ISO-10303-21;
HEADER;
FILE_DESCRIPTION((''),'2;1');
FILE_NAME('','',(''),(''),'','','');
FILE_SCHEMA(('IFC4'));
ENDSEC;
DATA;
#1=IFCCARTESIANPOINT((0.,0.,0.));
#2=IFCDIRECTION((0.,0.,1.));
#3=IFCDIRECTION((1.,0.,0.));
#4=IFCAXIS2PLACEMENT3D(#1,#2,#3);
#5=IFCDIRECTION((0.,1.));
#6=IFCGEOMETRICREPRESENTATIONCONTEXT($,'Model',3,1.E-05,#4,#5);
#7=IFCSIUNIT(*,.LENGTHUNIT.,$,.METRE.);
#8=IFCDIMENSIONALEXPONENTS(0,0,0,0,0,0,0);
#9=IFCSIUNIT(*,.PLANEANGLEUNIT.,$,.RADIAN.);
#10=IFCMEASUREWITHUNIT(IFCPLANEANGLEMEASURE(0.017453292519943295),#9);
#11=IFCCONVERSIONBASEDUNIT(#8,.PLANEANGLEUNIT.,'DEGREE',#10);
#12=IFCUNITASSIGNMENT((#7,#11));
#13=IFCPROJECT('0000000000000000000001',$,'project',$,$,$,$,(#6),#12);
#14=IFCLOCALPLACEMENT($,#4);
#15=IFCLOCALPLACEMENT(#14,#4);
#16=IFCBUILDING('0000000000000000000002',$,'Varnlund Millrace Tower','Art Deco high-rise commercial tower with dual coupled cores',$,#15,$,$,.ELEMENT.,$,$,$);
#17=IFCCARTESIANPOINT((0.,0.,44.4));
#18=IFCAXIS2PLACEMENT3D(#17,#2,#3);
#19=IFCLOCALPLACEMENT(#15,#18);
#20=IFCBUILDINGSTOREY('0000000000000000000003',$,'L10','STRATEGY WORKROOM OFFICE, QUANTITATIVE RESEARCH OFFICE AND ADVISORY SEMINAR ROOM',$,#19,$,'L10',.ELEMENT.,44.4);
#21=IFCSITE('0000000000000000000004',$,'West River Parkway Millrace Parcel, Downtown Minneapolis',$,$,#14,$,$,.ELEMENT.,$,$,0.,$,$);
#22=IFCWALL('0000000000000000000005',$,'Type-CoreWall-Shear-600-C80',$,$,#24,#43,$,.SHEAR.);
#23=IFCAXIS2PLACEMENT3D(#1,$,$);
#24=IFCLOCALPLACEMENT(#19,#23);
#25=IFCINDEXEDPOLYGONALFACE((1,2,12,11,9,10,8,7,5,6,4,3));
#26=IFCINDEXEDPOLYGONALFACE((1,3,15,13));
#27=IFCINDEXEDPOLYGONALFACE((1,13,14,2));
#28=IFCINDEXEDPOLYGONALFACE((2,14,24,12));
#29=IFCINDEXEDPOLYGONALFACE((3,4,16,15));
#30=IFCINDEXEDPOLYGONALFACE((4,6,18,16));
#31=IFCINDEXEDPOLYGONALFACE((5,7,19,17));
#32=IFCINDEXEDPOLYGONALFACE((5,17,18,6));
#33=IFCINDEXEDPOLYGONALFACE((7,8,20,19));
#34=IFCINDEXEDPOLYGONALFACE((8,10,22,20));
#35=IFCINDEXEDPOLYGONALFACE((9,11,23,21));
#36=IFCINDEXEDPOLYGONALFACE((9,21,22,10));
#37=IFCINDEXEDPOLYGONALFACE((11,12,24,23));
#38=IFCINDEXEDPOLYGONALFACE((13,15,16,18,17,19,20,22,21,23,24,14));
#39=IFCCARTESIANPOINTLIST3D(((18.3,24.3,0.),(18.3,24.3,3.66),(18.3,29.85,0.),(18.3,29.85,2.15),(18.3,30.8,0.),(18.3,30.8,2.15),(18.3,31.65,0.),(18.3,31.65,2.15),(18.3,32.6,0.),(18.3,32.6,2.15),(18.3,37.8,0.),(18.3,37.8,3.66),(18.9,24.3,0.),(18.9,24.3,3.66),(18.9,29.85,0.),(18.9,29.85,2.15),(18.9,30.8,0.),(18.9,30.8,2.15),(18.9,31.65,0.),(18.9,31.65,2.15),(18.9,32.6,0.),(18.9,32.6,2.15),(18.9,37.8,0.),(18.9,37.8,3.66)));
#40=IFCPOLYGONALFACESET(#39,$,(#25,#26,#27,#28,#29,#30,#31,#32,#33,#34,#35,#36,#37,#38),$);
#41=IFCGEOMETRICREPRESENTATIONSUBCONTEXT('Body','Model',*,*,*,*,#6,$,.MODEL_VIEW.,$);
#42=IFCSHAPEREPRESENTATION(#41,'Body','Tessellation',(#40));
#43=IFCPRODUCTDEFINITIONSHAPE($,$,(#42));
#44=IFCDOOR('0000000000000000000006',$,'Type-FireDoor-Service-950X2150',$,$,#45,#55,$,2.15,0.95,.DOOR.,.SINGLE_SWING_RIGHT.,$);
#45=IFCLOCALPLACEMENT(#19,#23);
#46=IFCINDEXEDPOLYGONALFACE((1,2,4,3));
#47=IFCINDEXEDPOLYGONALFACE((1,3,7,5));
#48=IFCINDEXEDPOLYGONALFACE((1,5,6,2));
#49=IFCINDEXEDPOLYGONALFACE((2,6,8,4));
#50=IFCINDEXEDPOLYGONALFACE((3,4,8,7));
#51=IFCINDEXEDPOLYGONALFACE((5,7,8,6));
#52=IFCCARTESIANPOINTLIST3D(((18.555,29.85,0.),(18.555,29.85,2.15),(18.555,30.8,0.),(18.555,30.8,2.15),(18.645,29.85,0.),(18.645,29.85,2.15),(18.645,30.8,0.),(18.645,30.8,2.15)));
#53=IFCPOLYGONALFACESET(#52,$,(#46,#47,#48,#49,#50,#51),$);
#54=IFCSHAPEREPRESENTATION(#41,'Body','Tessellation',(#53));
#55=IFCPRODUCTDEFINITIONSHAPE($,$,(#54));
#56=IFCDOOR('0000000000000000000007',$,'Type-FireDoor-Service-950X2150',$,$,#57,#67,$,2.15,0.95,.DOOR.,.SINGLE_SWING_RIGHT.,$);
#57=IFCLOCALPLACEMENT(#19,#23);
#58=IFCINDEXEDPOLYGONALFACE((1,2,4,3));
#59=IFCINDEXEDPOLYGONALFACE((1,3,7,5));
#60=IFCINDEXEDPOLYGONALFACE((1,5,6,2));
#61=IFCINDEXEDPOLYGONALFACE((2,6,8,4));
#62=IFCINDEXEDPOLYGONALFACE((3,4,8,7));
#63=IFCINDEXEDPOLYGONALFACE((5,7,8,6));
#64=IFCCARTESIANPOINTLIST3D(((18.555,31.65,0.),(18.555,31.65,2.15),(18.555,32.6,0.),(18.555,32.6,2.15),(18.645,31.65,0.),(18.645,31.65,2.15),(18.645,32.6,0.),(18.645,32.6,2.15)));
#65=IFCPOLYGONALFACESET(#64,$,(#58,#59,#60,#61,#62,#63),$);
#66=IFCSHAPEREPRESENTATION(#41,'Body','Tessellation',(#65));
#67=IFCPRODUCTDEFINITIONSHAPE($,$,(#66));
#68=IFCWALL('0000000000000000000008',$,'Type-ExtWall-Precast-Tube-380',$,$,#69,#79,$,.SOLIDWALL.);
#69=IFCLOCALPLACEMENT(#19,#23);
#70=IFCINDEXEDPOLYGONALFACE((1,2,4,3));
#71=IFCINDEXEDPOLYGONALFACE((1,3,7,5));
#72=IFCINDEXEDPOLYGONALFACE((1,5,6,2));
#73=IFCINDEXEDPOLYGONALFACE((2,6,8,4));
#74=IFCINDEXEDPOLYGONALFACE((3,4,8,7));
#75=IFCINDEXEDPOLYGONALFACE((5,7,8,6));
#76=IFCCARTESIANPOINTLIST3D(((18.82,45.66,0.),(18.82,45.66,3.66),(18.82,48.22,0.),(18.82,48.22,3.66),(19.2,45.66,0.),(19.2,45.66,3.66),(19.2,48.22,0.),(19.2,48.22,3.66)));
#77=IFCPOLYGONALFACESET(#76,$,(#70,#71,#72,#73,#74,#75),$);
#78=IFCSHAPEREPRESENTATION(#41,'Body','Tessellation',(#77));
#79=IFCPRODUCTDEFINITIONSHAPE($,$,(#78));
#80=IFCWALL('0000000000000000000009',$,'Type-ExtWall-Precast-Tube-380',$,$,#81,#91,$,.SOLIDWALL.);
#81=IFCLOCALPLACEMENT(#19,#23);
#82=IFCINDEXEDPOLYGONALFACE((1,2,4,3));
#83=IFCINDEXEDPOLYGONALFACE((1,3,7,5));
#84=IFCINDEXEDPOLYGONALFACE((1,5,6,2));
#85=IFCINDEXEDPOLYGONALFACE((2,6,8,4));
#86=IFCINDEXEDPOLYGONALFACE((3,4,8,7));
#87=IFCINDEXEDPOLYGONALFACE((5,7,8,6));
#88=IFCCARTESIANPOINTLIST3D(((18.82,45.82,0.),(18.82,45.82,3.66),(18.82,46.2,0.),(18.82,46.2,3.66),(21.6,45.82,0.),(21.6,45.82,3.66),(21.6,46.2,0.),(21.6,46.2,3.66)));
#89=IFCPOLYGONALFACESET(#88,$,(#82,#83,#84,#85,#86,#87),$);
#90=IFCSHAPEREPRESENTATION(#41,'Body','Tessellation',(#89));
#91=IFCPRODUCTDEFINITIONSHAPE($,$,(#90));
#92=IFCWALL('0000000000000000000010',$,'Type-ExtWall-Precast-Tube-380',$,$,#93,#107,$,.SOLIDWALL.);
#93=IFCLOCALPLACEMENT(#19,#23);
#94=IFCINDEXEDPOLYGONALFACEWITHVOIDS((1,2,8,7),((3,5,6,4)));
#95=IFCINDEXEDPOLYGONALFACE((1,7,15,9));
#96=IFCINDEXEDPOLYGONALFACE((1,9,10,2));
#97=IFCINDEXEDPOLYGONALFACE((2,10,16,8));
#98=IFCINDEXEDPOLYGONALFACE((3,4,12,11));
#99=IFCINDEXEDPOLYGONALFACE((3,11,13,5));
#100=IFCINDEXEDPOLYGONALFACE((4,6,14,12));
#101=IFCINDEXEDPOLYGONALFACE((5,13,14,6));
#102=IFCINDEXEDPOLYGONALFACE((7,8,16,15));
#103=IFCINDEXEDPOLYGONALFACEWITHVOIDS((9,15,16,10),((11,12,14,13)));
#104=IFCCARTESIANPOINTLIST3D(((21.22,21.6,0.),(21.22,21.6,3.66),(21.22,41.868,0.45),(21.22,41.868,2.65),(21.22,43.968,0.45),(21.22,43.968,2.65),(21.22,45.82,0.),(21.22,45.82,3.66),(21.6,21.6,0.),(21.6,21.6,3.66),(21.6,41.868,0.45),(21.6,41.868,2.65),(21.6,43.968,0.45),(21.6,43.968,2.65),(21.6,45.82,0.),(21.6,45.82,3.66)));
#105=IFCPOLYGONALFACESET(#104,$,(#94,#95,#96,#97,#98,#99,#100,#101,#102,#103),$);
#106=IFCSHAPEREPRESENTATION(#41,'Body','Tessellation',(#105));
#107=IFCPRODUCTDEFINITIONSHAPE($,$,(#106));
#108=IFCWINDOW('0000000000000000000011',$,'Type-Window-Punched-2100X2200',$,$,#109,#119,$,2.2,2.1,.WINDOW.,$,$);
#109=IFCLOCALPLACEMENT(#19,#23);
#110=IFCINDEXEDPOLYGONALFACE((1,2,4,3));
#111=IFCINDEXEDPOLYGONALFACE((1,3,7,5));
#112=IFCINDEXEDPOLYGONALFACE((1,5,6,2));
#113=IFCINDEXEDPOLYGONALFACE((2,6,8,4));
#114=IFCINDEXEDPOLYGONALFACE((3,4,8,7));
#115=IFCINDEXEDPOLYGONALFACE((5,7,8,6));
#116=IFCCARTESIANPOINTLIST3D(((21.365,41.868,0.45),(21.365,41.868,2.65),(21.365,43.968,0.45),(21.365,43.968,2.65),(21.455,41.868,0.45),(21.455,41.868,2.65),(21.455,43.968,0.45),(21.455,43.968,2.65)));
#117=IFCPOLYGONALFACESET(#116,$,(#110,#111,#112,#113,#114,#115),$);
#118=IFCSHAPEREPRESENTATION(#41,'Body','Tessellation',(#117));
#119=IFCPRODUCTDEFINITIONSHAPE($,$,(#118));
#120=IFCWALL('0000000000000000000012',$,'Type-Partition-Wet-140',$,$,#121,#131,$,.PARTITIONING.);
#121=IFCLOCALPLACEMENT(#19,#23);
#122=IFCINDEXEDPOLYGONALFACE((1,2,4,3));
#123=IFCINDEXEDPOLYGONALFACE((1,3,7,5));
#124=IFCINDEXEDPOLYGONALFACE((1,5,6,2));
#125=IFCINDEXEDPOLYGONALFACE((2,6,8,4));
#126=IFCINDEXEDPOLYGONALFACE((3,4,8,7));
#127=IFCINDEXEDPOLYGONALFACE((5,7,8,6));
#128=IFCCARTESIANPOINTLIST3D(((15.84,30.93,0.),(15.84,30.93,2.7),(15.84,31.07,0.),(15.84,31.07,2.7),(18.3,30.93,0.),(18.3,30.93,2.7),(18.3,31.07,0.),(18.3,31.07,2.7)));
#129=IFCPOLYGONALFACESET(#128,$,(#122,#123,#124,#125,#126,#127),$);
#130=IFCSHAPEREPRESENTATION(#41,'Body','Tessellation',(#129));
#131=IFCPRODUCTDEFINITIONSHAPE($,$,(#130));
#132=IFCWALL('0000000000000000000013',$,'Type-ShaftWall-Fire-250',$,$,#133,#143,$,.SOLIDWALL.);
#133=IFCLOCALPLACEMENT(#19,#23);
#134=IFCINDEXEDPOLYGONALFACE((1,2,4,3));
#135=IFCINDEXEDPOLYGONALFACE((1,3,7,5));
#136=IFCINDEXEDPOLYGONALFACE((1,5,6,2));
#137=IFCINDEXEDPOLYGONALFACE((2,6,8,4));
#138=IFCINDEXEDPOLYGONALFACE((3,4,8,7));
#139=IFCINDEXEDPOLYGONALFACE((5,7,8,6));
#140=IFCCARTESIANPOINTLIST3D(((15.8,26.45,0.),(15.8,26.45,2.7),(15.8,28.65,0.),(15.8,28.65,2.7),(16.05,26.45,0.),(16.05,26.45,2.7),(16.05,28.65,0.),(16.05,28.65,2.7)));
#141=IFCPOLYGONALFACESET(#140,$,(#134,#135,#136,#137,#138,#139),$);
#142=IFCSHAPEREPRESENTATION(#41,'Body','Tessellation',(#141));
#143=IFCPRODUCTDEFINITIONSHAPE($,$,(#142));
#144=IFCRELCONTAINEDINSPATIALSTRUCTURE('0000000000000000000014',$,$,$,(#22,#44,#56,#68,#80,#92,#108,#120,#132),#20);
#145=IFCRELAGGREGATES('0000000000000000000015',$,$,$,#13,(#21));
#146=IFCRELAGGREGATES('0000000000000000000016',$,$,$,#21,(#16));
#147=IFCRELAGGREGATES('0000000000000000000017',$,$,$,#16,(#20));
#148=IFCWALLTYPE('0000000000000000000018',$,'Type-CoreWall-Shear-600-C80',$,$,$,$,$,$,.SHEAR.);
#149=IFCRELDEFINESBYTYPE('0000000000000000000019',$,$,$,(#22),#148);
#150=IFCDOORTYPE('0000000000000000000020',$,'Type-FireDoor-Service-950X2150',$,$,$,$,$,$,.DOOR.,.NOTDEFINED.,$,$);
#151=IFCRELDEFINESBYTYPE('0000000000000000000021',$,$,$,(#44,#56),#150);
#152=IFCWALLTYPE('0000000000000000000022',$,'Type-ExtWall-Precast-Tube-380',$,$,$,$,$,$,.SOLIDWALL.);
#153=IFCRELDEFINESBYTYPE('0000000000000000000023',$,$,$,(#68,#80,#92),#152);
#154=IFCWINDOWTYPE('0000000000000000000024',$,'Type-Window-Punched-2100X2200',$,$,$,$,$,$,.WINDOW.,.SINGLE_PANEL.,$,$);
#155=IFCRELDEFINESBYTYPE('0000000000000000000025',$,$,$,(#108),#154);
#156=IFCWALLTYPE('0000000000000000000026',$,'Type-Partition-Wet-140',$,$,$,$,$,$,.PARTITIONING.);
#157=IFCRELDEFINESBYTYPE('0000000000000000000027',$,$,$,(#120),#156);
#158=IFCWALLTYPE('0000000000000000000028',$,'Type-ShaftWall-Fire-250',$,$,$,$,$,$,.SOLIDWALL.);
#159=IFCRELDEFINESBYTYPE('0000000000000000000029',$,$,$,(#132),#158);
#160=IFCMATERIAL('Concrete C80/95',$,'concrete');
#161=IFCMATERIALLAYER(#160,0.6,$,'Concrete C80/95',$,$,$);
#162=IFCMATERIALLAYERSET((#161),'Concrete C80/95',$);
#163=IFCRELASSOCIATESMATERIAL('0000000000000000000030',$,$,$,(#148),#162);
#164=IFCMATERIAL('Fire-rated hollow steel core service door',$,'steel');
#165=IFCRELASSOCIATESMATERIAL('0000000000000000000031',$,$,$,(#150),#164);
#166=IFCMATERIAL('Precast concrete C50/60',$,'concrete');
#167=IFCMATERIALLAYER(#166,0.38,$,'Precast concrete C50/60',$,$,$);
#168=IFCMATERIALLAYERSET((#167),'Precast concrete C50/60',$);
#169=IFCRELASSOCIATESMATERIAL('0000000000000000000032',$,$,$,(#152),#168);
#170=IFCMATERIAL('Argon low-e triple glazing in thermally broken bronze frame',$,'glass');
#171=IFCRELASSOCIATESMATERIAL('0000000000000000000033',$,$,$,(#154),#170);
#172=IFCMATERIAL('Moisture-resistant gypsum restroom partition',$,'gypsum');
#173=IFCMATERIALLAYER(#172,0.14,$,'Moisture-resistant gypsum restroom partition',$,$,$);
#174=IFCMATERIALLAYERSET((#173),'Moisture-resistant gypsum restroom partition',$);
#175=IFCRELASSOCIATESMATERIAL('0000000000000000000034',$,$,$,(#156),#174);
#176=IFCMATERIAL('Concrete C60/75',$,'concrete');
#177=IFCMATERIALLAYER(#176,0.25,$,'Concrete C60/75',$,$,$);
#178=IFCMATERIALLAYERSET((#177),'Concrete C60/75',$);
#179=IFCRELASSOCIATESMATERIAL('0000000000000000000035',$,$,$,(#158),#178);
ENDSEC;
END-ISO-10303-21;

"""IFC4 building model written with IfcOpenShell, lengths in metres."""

from ifc_helpers import new_model, entity, si_unit, converted_unit, direction, frame, origin_with_axes, origin_2d_with_axis, place, context, subcontext, project, spatial, polyline, rectangle, outline, extrude, material, layer, layer_set, type_object, element, fill, save


model = new_model("IFC4")

# Units and contexts
model_context = context("Model", 3, precision=1e-05, world=origin_with_axes(), true_north=direction((0.0, 1.0)))
body_context = subcontext(model_context, "Body", "Model", "MODEL_VIEW")
ifc_project = project(units=[si_unit("LENGTHUNIT", "METRE"), converted_unit("PLANEANGLEUNIT", "DEGREE", entity("IfcPlaneAngleMeasure", 0.017453292519943295), si_unit("PLANEANGLEUNIT", "RADIAN"), dimensions=[0, 0, 0, 0, 0, 0, 0])], contexts=[model_context])

# Site, building, storey
site_placement = place(None, origin_with_axes())
site = spatial("IfcSite", under=ifc_project, at=site_placement, Name="West River Parkway Millrace Parcel, Downtown Minneapolis", CompositionType="ELEMENT", RefElevation=0.0)
building_placement = place(site_placement, origin_with_axes())
building = spatial("IfcBuilding", under=site, at=building_placement, Name="Varnlund Millrace Tower", Description="Art Deco high-rise commercial tower with dual coupled cores", CompositionType="ELEMENT")
storey_placement = place(building_placement, frame((0.0, 0.0, 44.4), z_axis=(0.0, 0.0, 1.0), x_axis=(1.0, 0.0, 0.0)))
storey = spatial("IfcBuildingStorey", under=building, at=storey_placement, Name="L10", Description="STRATEGY WORKROOM OFFICE, QUANTITATIVE RESEARCH OFFICE AND ADVISORY SEMINAR ROOM", LongName="L10", CompositionType="ELEMENT", Elevation=44.4)

# Shared definitions
ifc_material_1 = material(Name="Concrete C80/95", Category="concrete")

# Wall, openings, doors
ifc_layer_1 = layer(ifc_material_1, 0.6, Name="Concrete C80/95")
ifc_layer_set_1 = layer_set([ifc_layer_1], Name="Concrete C80/95")
wall_type_1 = type_object("IfcWallType", Name="Type-CoreWall-Shear-600-C80", PredefinedType="SHEAR", material=ifc_layer_set_1)
wall_1_placement = place(storey_placement, frame((18.6, 24.3, 0.0), z_axis=(0.0, 0.0, 1.0), x_axis=(0.0, 1.0, 0.0)))
wall_1 = element("IfcWall", 1, at=wall_1_placement, inside=storey, type_object=wall_type_1, Name="Type-CoreWall-Shear-600-C80", PredefinedType="SHEAR", context=body_context, shape_type="SweptSolid", body=[
    extrude(outline(polyline([(0.0, -0.3), (13.5, -0.3), (13.5, 0.3), (0.0, 0.3), (0.0, -0.3)])), origin_with_axes(), (0.0, 0.0, 1.0), 3.66),
])
opening_1_placement = place(wall_1_placement, frame((6.025, 0.0, 0.0), z_axis=(0.0, 0.0, 1.0), x_axis=(1.0, 0.0, 0.0)))
opening_1 = element("IfcOpeningElement", 2, at=opening_1_placement, cuts=wall_1, PredefinedType="OPENING", context=body_context, shape_type="SweptSolid", body=[
    extrude(rectangle(XDim=0.95, YDim=0.62, at=origin_2d_with_axis()), origin_with_axes(), (0.0, 0.0, 1.0), 2.15),
])
opening_2_placement = place(wall_1_placement, frame((7.825, 0.0, 0.0), z_axis=(0.0, 0.0, 1.0), x_axis=(1.0, 0.0, 0.0)))
opening_2 = element("IfcOpeningElement", 3, at=opening_2_placement, cuts=wall_1, PredefinedType="OPENING", context=body_context, shape_type="SweptSolid", body=[
    extrude(rectangle(XDim=0.95, YDim=0.62, at=origin_2d_with_axis()), origin_with_axes(), (0.0, 0.0, 1.0), 2.15),
])
ifc_material_2 = material(Name="Fire-rated hollow steel core service door", Category="steel")
door_type = type_object("IfcDoorType", Name="Type-FireDoor-Service-950X2150", OperationType="NOTDEFINED", PredefinedType="DOOR", material=ifc_material_2)
door_1_placement = place(wall_1_placement, frame((6.025, 0.0, 0.0), z_axis=(0.0, 0.0, 1.0), x_axis=(1.0, 0.0, 0.0)))
door_1 = element("IfcDoor", 4, at=door_1_placement, inside=storey, type_object=door_type, Name="Type-FireDoor-Service-950X2150", OperationType="SINGLE_SWING_RIGHT", OverallHeight=2.15, OverallWidth=0.95, PredefinedType="DOOR", context=body_context, shape_type="SweptSolid", body=[
    extrude(rectangle(XDim=0.95, YDim=0.09, at=origin_2d_with_axis()), origin_with_axes(), (0.0, 0.0, 1.0), 2.15),
])
fill(opening_1, door_1)
door_2_placement = place(wall_1_placement, frame((7.825, 0.0, 0.0), z_axis=(0.0, 0.0, 1.0), x_axis=(1.0, 0.0, 0.0)))
door_2 = element("IfcDoor", 5, at=door_2_placement, inside=storey, type_object=door_type, Name="Type-FireDoor-Service-950X2150", OperationType="SINGLE_SWING_RIGHT", OverallHeight=2.15, OverallWidth=0.95, PredefinedType="DOOR", context=body_context, shape_type="SweptSolid", body=[
    extrude(rectangle(XDim=0.95, YDim=0.09, at=origin_2d_with_axis()), origin_with_axes(), (0.0, 0.0, 1.0), 2.15),
])
fill(opening_2, door_2)

# Walls
ifc_material_3 = material(Name="Precast concrete C50/60", Category="concrete")
ifc_layer_2 = layer(ifc_material_3, 0.38, Name="Precast concrete C50/60")
ifc_layer_set_2 = layer_set([ifc_layer_2], Name="Precast concrete C50/60")
wall_type_2 = type_object("IfcWallType", Name="Type-ExtWall-Precast-Tube-380", PredefinedType="SOLIDWALL", material=ifc_layer_set_2)
wall_2_placement = place(storey_placement, frame((19.01, 48.22, 0.0), z_axis=(0.0, 0.0, 1.0), x_axis=(0.0, -1.0, 0.0)))
element("IfcWall", 6, at=wall_2_placement, inside=storey, type_object=wall_type_2, Name="Type-ExtWall-Precast-Tube-380", PredefinedType="SOLIDWALL", context=body_context, shape_type="SweptSolid", body=[
    extrude(outline(polyline([(0.0, -0.19), (2.56, -0.19), (2.56, 0.19), (0.0, 0.19), (0.0, -0.19)])), origin_with_axes(), (0.0, 0.0, 1.0), 3.66),
])
wall_3_placement = place(storey_placement, frame((18.82, 46.01, 0.0), z_axis=(0.0, 0.0, 1.0), x_axis=(1.0, 0.0, 0.0)))
element("IfcWall", 7, at=wall_3_placement, inside=storey, type_object=wall_type_2, Name="Type-ExtWall-Precast-Tube-380", PredefinedType="SOLIDWALL", context=body_context, shape_type="SweptSolid", body=[
    extrude(outline(polyline([(0.0, -0.19), (2.78, -0.19), (2.78, 0.19), (0.0, 0.19), (0.0, -0.19)])), origin_with_axes(), (0.0, 0.0, 1.0), 3.66),
])

# Wall, opening, window
wall_4_placement = place(storey_placement, frame((21.41, 45.82, 0.0), z_axis=(0.0, 0.0, 1.0), x_axis=(0.0, -1.0, 0.0)))
wall_4 = element("IfcWall", 8, at=wall_4_placement, inside=storey, type_object=wall_type_2, Name="Type-ExtWall-Precast-Tube-380", PredefinedType="SOLIDWALL", context=body_context, shape_type="SweptSolid", body=[
    extrude(outline(polyline([(0.0, -0.19), (24.22, -0.19), (24.22, 0.19), (0.0, 0.19), (0.0, -0.19)])), origin_with_axes(), (0.0, 0.0, 1.0), 3.66),
])
opening_3_placement = place(wall_4_placement, frame((2.902, 0.0, 0.45), z_axis=(0.0, 0.0, 1.0), x_axis=(1.0, 0.0, 0.0)))
opening_3 = element("IfcOpeningElement", 9, at=opening_3_placement, cuts=wall_4, PredefinedType="OPENING", context=body_context, shape_type="SweptSolid", body=[
    extrude(rectangle(XDim=2.1, YDim=0.4, at=origin_2d_with_axis()), origin_with_axes(), (0.0, 0.0, 1.0), 2.2),
])
ifc_material_4 = material(Name="Argon low-e triple glazing in thermally broken bronze frame", Category="glass")
window_type = type_object("IfcWindowType", Name="Type-Window-Punched-2100X2200", PartitioningType="SINGLE_PANEL", PredefinedType="WINDOW", material=ifc_material_4)
window_placement = place(wall_4_placement, frame((2.902, 0.0, 0.45), z_axis=(0.0, 0.0, 1.0), x_axis=(1.0, 0.0, 0.0)))
window = element("IfcWindow", 10, at=window_placement, inside=storey, type_object=window_type, Name="Type-Window-Punched-2100X2200", OverallHeight=2.2, OverallWidth=2.1, PredefinedType="WINDOW", context=body_context, shape_type="SweptSolid", body=[
    extrude(rectangle(XDim=2.1, YDim=0.09, at=origin_2d_with_axis()), origin_with_axes(), (0.0, 0.0, 1.0), 2.2),
])
fill(opening_3, window)

# Walls
ifc_material_5 = material(Name="Moisture-resistant gypsum restroom partition", Category="gypsum")
ifc_layer_3 = layer(ifc_material_5, 0.14, Name="Moisture-resistant gypsum restroom partition")
ifc_layer_set_3 = layer_set([ifc_layer_3], Name="Moisture-resistant gypsum restroom partition")
wall_type_3 = type_object("IfcWallType", Name="Type-Partition-Wet-140", PredefinedType="PARTITIONING", material=ifc_layer_set_3)
wall_5_placement = place(storey_placement, frame((15.84, 31.0, 0.0), z_axis=(0.0, 0.0, 1.0), x_axis=(1.0, 0.0, 0.0)))
element("IfcWall", 11, at=wall_5_placement, inside=storey, type_object=wall_type_3, Name="Type-Partition-Wet-140", PredefinedType="PARTITIONING", context=body_context, shape_type="SweptSolid", body=[
    extrude(outline(polyline([(0.0, -0.07), (2.46, -0.07), (2.46, 0.07), (0.0, 0.07), (0.0, -0.07)])), origin_with_axes(), (0.0, 0.0, 1.0), 2.7),
])
ifc_material_6 = material(Name="Concrete C60/75", Category="concrete")
ifc_layer_4 = layer(ifc_material_6, 0.25, Name="Concrete C60/75")
ifc_layer_set_4 = layer_set([ifc_layer_4], Name="Concrete C60/75")
wall_type_4 = type_object("IfcWallType", Name="Type-ShaftWall-Fire-250", PredefinedType="SOLIDWALL", material=ifc_layer_set_4)
wall_6_placement = place(storey_placement, frame((15.925, 26.45, 0.0), z_axis=(0.0, 0.0, 1.0), x_axis=(0.0, 1.0, 0.0)))
element("IfcWall", 12, at=wall_6_placement, inside=storey, type_object=wall_type_4, Name="Type-ShaftWall-Fire-250", PredefinedType="SOLIDWALL", context=body_context, shape_type="SweptSolid", body=[
    extrude(outline(polyline([(0.0, -0.125), (2.2, -0.125), (2.2, 0.125), (0.0, 0.125), (0.0, -0.125)])), origin_with_axes(), (0.0, 0.0, 1.0), 2.7),
])

save(model, "model.ifc")
